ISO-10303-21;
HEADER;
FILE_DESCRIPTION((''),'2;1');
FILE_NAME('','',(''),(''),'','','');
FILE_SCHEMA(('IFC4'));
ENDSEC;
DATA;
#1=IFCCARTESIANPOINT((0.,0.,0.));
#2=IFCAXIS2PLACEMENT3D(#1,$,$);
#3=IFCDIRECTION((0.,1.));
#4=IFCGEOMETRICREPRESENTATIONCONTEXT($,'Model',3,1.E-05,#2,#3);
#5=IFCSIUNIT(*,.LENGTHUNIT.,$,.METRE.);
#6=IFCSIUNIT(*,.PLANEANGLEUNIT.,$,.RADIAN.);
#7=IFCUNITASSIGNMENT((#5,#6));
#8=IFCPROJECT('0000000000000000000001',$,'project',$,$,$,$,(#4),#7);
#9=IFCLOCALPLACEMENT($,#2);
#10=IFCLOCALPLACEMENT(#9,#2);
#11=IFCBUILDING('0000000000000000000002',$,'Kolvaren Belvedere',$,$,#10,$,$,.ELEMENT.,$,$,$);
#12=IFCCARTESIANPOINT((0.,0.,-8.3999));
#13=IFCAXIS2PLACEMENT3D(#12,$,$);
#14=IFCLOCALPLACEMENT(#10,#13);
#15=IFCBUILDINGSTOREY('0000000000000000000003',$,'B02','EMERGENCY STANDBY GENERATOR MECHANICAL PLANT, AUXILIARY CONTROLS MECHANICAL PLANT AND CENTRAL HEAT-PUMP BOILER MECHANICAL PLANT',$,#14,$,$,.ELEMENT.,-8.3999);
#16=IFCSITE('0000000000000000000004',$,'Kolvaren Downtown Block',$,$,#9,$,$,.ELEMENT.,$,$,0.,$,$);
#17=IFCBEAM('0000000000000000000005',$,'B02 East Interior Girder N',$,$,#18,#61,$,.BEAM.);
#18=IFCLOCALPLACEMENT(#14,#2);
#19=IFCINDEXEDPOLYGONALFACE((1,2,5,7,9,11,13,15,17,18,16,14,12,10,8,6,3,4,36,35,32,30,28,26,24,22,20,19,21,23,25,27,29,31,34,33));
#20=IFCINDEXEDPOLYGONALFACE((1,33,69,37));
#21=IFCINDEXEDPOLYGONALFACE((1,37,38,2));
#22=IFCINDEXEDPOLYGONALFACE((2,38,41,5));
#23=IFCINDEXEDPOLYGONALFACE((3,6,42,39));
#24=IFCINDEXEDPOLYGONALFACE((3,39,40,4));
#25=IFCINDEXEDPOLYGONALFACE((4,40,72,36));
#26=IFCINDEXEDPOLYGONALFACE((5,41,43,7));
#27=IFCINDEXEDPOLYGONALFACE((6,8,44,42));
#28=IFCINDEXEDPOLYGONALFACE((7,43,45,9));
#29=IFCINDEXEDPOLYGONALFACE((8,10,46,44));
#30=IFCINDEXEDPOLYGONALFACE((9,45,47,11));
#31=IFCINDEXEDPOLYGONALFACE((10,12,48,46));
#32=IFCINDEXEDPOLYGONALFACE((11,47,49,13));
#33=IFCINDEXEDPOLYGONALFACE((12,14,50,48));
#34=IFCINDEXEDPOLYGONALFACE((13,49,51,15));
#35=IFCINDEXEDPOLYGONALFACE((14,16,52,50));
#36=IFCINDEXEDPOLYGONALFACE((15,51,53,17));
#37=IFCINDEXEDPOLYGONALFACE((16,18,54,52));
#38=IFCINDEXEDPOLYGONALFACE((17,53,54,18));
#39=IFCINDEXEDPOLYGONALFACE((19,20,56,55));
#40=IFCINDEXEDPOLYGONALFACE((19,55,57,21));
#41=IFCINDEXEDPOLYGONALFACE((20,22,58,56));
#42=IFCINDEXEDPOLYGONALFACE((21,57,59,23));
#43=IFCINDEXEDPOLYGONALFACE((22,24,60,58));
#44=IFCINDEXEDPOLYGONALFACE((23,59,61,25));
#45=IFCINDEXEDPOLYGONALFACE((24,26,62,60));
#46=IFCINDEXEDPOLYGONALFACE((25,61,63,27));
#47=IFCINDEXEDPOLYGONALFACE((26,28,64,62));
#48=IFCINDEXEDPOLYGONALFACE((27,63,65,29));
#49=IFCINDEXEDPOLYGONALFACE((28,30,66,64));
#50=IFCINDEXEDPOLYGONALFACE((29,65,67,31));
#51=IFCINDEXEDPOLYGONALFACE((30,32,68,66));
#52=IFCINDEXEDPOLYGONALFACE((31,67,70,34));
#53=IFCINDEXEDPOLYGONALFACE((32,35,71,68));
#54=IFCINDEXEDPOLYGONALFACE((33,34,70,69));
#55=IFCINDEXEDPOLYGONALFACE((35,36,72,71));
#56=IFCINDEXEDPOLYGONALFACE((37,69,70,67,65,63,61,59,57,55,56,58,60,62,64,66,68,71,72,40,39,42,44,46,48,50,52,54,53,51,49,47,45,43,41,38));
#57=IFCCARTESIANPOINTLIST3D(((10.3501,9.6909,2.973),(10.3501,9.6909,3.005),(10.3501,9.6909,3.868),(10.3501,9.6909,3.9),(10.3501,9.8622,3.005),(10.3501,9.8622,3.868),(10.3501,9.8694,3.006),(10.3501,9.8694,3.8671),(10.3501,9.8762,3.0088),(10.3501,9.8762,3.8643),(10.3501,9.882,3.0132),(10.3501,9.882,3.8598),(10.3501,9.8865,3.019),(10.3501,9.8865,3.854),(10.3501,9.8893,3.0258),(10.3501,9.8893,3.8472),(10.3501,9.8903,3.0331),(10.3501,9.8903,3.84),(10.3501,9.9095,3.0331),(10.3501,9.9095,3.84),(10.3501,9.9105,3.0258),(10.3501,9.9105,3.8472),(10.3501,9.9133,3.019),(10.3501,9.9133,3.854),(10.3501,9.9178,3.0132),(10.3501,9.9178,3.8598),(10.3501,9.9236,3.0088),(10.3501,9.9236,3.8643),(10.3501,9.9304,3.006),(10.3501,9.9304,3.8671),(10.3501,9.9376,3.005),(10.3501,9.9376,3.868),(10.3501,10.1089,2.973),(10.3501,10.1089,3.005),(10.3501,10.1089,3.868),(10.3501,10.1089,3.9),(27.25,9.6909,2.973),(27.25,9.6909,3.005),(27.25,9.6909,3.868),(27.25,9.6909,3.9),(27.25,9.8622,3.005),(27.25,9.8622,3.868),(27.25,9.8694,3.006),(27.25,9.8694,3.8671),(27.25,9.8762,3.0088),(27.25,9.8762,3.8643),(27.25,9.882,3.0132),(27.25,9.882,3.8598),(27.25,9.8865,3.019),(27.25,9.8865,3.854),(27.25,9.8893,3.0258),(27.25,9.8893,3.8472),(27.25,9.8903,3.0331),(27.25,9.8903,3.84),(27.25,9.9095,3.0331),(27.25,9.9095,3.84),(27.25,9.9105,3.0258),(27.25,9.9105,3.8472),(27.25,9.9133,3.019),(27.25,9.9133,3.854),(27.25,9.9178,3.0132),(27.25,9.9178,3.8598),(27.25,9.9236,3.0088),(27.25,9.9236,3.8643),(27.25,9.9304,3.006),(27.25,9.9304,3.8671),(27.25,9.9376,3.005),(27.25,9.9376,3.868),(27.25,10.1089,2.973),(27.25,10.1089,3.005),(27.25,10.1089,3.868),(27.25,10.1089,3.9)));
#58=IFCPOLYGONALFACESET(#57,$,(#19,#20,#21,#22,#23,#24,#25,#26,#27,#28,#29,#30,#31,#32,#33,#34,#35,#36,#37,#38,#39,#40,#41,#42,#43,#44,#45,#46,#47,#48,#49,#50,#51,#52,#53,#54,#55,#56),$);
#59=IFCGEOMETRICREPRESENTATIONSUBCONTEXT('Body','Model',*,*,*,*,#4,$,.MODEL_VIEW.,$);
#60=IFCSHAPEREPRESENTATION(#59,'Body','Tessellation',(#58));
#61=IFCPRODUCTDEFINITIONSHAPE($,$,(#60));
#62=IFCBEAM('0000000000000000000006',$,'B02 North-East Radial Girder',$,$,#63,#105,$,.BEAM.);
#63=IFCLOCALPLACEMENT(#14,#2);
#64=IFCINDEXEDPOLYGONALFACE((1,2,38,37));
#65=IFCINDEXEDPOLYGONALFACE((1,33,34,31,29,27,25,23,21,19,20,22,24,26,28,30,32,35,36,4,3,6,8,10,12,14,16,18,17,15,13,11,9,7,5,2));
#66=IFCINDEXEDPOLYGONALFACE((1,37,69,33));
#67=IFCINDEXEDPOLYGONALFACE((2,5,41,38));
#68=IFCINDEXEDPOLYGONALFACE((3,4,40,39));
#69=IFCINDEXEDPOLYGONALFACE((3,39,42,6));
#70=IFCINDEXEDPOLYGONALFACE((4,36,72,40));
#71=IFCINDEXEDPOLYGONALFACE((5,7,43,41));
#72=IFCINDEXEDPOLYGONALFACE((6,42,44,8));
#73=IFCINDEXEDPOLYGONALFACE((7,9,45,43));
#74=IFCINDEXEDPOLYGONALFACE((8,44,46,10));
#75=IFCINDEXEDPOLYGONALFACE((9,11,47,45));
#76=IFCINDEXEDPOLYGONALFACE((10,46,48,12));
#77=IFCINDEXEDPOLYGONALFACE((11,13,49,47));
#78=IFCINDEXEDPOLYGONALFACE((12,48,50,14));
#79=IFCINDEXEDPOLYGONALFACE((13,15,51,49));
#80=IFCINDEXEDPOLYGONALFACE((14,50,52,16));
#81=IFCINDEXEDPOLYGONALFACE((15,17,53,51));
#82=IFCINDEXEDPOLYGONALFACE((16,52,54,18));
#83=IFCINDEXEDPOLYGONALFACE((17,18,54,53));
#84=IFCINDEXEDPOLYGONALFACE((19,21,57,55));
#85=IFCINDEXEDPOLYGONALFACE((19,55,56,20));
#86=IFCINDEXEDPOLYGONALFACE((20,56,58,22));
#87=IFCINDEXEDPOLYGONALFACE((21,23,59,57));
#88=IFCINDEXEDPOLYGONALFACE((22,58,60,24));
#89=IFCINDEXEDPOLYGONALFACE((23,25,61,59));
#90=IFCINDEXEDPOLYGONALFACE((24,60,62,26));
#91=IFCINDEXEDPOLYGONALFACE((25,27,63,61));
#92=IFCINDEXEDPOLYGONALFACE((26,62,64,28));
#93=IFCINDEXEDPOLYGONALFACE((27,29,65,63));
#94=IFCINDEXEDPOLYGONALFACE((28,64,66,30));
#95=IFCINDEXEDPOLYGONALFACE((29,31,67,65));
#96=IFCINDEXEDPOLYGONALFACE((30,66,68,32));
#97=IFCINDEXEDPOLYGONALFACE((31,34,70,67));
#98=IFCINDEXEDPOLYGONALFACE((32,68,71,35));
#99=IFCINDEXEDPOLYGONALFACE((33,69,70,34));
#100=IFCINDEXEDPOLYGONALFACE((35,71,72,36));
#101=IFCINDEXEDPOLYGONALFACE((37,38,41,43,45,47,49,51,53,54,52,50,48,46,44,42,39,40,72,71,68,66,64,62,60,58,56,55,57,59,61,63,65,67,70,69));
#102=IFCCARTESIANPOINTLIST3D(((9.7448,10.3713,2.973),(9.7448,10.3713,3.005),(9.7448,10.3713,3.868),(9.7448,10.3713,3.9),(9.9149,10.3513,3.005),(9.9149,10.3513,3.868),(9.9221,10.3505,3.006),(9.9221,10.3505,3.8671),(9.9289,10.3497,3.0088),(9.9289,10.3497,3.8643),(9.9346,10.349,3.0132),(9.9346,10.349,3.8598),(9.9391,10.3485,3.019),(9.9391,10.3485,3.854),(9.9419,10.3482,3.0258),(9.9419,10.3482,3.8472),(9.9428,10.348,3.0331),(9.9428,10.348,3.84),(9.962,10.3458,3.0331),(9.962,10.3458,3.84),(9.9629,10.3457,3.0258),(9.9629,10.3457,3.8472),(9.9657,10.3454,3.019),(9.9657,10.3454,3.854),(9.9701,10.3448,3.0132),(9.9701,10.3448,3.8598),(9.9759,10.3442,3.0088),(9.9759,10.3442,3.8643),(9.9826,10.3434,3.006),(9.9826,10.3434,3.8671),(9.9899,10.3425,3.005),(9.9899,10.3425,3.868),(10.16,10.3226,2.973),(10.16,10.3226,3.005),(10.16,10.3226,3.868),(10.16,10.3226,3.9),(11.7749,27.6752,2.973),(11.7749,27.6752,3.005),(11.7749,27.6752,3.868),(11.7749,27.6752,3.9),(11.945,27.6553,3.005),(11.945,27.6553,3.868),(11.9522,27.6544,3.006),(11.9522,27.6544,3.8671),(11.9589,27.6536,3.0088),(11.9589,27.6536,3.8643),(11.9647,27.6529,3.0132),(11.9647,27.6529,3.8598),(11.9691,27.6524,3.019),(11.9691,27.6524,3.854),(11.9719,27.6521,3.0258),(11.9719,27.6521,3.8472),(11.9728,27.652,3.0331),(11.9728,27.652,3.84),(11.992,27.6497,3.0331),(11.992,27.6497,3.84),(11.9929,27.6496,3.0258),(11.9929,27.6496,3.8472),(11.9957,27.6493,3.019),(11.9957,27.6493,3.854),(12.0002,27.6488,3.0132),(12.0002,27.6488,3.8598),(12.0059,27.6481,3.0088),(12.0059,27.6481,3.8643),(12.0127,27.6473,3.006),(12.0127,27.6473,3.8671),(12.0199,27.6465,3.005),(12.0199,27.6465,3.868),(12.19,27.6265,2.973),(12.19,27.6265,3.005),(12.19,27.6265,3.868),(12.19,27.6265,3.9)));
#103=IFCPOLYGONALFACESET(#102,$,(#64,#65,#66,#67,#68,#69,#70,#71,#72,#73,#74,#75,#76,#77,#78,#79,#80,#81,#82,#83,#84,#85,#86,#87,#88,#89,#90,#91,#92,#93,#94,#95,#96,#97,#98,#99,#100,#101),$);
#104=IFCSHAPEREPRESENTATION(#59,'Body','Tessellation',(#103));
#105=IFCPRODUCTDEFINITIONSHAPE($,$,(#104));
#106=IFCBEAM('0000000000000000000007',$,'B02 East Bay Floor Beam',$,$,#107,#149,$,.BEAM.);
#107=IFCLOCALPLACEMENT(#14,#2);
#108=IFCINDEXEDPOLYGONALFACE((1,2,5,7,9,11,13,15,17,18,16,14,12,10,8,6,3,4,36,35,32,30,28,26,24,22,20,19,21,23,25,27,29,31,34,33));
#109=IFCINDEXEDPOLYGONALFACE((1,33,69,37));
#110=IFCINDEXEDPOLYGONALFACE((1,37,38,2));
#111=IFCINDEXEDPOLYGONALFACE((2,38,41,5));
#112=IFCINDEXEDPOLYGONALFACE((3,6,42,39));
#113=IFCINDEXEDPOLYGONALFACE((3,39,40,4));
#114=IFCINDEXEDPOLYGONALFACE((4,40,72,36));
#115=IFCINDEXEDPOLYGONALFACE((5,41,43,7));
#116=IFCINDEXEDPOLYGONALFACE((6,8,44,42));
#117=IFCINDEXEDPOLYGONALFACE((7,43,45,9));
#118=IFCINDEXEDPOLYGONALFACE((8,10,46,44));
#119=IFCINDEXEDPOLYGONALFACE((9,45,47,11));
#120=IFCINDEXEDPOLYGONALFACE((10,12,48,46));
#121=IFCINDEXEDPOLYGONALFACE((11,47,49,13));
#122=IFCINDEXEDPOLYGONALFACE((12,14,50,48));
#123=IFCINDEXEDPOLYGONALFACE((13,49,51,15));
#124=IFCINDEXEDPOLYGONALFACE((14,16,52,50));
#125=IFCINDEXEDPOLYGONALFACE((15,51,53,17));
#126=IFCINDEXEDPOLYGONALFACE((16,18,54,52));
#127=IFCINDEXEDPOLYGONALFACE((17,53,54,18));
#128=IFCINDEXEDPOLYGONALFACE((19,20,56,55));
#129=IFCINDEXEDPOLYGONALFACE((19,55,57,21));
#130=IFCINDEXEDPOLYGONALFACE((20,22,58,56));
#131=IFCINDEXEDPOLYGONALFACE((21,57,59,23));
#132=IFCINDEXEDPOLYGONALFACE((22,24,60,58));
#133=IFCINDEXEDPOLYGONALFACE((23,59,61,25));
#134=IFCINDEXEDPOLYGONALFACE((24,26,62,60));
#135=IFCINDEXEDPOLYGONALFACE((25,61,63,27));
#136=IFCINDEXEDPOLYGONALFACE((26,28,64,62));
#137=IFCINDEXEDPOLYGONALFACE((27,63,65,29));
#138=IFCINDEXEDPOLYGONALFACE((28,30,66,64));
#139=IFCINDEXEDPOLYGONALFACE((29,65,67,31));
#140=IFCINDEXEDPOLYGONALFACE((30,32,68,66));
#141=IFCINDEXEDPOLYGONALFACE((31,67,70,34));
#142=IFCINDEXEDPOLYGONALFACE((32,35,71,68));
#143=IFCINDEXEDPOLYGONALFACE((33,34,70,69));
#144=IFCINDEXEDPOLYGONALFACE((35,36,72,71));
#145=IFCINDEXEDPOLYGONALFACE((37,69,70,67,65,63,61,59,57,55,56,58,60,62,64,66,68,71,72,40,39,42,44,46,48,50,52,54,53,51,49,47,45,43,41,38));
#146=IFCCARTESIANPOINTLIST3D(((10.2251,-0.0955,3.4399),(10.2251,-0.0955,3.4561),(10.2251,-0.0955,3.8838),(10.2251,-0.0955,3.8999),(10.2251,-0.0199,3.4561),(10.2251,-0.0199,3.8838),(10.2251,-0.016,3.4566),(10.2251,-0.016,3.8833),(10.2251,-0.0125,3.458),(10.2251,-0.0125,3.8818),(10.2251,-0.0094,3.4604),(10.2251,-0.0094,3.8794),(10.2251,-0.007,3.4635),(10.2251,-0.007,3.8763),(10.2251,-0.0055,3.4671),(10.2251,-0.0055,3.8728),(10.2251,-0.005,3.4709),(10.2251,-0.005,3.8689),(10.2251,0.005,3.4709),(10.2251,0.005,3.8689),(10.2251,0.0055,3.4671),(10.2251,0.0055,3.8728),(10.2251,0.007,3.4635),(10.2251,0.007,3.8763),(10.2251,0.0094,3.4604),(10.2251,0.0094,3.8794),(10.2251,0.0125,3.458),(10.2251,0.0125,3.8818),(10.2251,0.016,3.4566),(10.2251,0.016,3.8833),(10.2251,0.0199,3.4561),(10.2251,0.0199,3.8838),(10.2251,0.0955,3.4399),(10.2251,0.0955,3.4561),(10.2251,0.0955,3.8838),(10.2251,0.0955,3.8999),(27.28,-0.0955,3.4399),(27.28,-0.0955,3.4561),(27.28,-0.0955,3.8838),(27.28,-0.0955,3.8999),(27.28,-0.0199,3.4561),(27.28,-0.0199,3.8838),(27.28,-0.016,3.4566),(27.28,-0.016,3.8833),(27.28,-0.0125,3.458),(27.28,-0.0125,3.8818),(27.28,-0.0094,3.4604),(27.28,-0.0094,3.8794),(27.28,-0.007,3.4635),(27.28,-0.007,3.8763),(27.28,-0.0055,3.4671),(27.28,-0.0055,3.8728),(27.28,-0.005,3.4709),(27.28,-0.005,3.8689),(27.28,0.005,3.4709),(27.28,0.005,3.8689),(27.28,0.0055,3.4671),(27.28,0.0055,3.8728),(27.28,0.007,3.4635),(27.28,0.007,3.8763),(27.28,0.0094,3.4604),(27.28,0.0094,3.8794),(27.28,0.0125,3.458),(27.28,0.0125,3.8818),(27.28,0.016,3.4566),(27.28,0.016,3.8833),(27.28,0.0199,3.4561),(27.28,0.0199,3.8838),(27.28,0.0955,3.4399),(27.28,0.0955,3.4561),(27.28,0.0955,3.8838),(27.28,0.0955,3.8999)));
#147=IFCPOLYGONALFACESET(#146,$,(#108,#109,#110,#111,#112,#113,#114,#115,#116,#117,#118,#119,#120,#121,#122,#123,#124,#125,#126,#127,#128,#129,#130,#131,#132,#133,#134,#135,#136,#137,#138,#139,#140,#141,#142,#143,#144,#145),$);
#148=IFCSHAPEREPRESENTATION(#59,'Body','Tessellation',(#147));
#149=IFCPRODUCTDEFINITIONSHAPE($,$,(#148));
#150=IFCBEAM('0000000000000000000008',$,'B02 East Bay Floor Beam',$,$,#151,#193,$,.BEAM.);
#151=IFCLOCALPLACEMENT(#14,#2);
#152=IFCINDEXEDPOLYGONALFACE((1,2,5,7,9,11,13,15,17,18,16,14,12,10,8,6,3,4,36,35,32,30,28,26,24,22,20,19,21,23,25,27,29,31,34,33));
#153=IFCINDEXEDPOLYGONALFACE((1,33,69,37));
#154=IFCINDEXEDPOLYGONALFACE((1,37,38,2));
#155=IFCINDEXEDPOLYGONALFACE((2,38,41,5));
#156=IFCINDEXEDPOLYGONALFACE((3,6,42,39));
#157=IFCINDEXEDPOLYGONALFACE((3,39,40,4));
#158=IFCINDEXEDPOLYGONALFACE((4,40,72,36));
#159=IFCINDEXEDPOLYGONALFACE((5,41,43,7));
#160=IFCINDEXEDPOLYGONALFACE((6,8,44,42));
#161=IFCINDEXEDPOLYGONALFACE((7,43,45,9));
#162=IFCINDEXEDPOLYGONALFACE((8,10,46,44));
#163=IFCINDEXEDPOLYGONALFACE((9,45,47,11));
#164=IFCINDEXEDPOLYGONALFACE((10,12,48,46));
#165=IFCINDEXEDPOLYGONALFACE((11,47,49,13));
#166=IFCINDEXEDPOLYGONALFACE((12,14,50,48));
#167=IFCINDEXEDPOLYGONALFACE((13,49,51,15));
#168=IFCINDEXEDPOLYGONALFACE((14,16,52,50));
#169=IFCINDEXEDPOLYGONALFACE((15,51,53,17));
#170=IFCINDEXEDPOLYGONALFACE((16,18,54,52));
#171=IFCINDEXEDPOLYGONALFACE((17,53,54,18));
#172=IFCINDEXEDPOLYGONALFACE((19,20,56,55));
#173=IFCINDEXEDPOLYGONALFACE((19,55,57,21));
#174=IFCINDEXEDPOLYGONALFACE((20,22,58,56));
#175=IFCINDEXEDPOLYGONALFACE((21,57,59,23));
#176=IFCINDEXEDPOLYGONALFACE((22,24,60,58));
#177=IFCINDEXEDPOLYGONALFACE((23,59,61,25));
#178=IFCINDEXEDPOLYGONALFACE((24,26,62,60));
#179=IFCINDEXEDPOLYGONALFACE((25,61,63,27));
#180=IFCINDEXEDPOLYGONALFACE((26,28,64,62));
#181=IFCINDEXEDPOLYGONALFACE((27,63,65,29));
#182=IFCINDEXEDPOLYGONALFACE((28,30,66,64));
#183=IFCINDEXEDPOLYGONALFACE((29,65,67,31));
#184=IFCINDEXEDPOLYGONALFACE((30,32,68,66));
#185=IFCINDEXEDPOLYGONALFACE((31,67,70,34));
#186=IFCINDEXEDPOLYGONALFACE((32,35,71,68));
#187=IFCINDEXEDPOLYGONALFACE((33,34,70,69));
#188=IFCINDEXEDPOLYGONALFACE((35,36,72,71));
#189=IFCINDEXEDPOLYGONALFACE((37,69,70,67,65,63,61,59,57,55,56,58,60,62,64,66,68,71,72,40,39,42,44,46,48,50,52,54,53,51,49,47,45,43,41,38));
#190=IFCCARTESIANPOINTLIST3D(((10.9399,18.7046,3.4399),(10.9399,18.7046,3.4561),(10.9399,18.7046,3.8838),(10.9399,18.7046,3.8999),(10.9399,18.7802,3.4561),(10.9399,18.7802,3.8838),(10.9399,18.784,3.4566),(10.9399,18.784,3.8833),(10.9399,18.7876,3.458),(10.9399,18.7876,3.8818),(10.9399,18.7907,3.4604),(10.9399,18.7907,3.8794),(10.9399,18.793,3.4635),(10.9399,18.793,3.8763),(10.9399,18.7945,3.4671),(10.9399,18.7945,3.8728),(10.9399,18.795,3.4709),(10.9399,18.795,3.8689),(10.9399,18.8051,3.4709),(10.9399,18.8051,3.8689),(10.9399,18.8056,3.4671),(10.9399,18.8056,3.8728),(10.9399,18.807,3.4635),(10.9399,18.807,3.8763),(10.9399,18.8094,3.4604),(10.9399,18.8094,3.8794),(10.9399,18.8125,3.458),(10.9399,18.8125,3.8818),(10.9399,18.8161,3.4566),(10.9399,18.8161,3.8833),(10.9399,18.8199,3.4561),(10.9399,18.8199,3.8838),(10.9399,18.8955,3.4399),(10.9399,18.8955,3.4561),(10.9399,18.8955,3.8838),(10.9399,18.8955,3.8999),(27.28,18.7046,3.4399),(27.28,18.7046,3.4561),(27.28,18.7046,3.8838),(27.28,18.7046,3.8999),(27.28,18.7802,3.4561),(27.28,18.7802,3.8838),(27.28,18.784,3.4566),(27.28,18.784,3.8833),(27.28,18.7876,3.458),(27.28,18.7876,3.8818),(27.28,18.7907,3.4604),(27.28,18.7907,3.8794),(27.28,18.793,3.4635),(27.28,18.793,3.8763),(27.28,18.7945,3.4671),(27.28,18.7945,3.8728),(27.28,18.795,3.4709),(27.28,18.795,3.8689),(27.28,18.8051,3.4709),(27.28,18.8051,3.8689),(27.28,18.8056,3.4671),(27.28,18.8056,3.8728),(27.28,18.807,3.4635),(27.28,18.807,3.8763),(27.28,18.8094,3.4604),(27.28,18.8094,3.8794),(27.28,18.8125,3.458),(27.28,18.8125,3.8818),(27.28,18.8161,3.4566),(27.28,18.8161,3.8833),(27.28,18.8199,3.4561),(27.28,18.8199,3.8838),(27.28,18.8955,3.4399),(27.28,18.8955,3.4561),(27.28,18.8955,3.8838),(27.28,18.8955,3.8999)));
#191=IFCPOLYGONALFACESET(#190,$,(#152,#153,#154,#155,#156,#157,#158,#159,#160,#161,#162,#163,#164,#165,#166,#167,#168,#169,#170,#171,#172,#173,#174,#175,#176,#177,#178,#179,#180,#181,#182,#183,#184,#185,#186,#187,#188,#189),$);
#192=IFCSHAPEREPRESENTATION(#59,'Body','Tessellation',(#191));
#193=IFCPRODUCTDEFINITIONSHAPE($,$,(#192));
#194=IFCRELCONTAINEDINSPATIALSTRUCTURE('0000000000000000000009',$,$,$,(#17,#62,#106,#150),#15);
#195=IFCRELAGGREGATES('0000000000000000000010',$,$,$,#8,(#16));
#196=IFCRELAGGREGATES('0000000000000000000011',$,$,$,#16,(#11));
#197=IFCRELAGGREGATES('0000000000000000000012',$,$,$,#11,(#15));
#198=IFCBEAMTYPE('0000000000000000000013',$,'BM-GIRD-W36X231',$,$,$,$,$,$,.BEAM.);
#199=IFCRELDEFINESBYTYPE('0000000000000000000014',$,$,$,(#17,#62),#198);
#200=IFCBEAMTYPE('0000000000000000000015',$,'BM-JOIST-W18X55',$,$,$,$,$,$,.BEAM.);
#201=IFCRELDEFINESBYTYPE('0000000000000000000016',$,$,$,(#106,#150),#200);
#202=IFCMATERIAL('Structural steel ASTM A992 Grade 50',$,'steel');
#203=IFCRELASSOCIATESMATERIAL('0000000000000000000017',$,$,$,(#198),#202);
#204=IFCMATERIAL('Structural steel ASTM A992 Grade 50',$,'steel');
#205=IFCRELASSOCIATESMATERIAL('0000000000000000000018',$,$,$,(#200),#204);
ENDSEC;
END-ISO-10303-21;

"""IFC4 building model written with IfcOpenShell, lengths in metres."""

from ifc_helpers import new_model, si_unit, direction, frame, origin, origin_2d, place, context, subcontext, project, spatial, i_section, extrude, material, material_profile, profile_set, type_object, element, save


model = new_model("IFC4")

# Units and contexts
model_context = context("Model", 3, precision=1e-05, world=origin(), true_north=direction((0.0, 1.0)))
body_context = subcontext(model_context, "Body", "Model", "MODEL_VIEW")
ifc_project = project(units=[si_unit("LENGTHUNIT", "METRE"), si_unit("PLANEANGLEUNIT", "RADIAN")], contexts=[model_context])

# Site, building, storey
site_placement = place(None, origin())
site = spatial("IfcSite", under=ifc_project, at=site_placement, Name="Kolvaren Downtown Block", CompositionType="ELEMENT", RefElevation=0.0)
building_placement = place(site_placement, origin())
building = spatial("IfcBuilding", under=site, at=building_placement, Name="Kolvaren Belvedere", CompositionType="ELEMENT")
storey_placement = place(building_placement, frame((0.0, 0.0, -8.3999)))
storey = spatial("IfcBuildingStorey", under=building, at=storey_placement, Name="B02", Description="EMERGENCY STANDBY GENERATOR MECHANICAL PLANT, AUXILIARY CONTROLS MECHANICAL PLANT AND CENTRAL HEAT-PUMP BOILER MECHANICAL PLANT", CompositionType="ELEMENT", Elevation=-8.3999)

# Beams
ifc_material_1 = material(Name="Structural steel ASTM A992 Grade 50", Category="steel")
ifc_material_profile_1 = material_profile(ifc_material_1, i_section(OverallWidth=0.418, OverallDepth=0.927, WebThickness=0.0193, FlangeThickness=0.032, FilletRadius=0.0281, at=origin_2d()), Name="W36X231")
ifc_profile_set_1 = profile_set([ifc_material_profile_1], Name="Structural steel ASTM A992 Grade 50")
beam_type_1 = type_object("IfcBeamType", Name="BM-GIRD-W36X231", PredefinedType="BEAM", material=ifc_profile_set_1)
beam_1_placement = place(storey_placement, frame((10.3501, 9.8999, 3.4365), z_axis=(1.0, 0.0, 0.0), x_axis=(0.0, 1.0, 0.0)))
element("IfcBeam", 1, at=beam_1_placement, inside=storey, type_object=beam_type_1, Name="B02 East Interior Girder N", PredefinedType="BEAM", context=body_context, shape_type="SweptSolid", body=[
    extrude(i_section(OverallWidth=0.418, OverallDepth=0.927, WebThickness=0.0193, FlangeThickness=0.032, FilletRadius=0.0281, at=origin_2d()), origin(), (0.0, 0.0, 1.0), 16.8999),
])
beam_2_placement = place(storey_placement, frame((9.9524, 10.3469, 3.4365), z_axis=(0.116517, 0.993189, 0.0), x_axis=(-0.993189, 0.116517, 0.0)))
element("IfcBeam", 2, at=beam_2_placement, inside=storey, type_object=beam_type_1, Name="B02 North-East Radial Girder", PredefinedType="BEAM", context=body_context, shape_type="SweptSolid", body=[
    extrude(i_section(OverallWidth=0.418, OverallDepth=0.927, WebThickness=0.0193, FlangeThickness=0.032, FilletRadius=0.0281, at=origin_2d()), origin(), (0.0, 0.0, 1.0), 17.4226),
])
ifc_material_2 = material(Name="Structural steel ASTM A992 Grade 50", Category="steel")
ifc_material_profile_2 = material_profile(ifc_material_2, i_section(OverallWidth=0.1909, OverallDepth=0.46, WebThickness=0.01, FlangeThickness=0.0161, FilletRadius=0.0149, at=origin_2d()), Name="W18X55")
ifc_profile_set_2 = profile_set([ifc_material_profile_2], Name="Structural steel ASTM A992 Grade 50")
beam_type_2 = type_object("IfcBeamType", Name="BM-JOIST-W18X55", PredefinedType="BEAM", material=ifc_profile_set_2)
beam_3_placement = place(storey_placement, frame((10.2251, 0.0, 3.6699), z_axis=(1.0, 0.0, 0.0), x_axis=(0.0, 1.0, 0.0)))
element("IfcBeam", 3, at=beam_3_placement, inside=storey, type_object=beam_type_2, Name="B02 East Bay Floor Beam", PredefinedType="BEAM", context=body_context, shape_type="SweptSolid", body=[
    extrude(i_section(OverallWidth=0.1909, OverallDepth=0.46, WebThickness=0.01, FlangeThickness=0.0161, FilletRadius=0.0149, at=origin_2d()), origin(), (0.0, 0.0, 1.0), 17.0549),
])
beam_4_placement = place(storey_placement, frame((10.9399, 18.8, 3.6699), z_axis=(1.0, 0.0, 0.0), x_axis=(0.0, 1.0, 0.0)))
element("IfcBeam", 4, at=beam_4_placement, inside=storey, type_object=beam_type_2, Name="B02 East Bay Floor Beam", PredefinedType="BEAM", context=body_context, shape_type="SweptSolid", body=[
    extrude(i_section(OverallWidth=0.1909, OverallDepth=0.46, WebThickness=0.01, FlangeThickness=0.0161, FilletRadius=0.0149, at=origin_2d()), origin(), (0.0, 0.0, 1.0), 16.3401),
])

save(model, "model.ifc")
